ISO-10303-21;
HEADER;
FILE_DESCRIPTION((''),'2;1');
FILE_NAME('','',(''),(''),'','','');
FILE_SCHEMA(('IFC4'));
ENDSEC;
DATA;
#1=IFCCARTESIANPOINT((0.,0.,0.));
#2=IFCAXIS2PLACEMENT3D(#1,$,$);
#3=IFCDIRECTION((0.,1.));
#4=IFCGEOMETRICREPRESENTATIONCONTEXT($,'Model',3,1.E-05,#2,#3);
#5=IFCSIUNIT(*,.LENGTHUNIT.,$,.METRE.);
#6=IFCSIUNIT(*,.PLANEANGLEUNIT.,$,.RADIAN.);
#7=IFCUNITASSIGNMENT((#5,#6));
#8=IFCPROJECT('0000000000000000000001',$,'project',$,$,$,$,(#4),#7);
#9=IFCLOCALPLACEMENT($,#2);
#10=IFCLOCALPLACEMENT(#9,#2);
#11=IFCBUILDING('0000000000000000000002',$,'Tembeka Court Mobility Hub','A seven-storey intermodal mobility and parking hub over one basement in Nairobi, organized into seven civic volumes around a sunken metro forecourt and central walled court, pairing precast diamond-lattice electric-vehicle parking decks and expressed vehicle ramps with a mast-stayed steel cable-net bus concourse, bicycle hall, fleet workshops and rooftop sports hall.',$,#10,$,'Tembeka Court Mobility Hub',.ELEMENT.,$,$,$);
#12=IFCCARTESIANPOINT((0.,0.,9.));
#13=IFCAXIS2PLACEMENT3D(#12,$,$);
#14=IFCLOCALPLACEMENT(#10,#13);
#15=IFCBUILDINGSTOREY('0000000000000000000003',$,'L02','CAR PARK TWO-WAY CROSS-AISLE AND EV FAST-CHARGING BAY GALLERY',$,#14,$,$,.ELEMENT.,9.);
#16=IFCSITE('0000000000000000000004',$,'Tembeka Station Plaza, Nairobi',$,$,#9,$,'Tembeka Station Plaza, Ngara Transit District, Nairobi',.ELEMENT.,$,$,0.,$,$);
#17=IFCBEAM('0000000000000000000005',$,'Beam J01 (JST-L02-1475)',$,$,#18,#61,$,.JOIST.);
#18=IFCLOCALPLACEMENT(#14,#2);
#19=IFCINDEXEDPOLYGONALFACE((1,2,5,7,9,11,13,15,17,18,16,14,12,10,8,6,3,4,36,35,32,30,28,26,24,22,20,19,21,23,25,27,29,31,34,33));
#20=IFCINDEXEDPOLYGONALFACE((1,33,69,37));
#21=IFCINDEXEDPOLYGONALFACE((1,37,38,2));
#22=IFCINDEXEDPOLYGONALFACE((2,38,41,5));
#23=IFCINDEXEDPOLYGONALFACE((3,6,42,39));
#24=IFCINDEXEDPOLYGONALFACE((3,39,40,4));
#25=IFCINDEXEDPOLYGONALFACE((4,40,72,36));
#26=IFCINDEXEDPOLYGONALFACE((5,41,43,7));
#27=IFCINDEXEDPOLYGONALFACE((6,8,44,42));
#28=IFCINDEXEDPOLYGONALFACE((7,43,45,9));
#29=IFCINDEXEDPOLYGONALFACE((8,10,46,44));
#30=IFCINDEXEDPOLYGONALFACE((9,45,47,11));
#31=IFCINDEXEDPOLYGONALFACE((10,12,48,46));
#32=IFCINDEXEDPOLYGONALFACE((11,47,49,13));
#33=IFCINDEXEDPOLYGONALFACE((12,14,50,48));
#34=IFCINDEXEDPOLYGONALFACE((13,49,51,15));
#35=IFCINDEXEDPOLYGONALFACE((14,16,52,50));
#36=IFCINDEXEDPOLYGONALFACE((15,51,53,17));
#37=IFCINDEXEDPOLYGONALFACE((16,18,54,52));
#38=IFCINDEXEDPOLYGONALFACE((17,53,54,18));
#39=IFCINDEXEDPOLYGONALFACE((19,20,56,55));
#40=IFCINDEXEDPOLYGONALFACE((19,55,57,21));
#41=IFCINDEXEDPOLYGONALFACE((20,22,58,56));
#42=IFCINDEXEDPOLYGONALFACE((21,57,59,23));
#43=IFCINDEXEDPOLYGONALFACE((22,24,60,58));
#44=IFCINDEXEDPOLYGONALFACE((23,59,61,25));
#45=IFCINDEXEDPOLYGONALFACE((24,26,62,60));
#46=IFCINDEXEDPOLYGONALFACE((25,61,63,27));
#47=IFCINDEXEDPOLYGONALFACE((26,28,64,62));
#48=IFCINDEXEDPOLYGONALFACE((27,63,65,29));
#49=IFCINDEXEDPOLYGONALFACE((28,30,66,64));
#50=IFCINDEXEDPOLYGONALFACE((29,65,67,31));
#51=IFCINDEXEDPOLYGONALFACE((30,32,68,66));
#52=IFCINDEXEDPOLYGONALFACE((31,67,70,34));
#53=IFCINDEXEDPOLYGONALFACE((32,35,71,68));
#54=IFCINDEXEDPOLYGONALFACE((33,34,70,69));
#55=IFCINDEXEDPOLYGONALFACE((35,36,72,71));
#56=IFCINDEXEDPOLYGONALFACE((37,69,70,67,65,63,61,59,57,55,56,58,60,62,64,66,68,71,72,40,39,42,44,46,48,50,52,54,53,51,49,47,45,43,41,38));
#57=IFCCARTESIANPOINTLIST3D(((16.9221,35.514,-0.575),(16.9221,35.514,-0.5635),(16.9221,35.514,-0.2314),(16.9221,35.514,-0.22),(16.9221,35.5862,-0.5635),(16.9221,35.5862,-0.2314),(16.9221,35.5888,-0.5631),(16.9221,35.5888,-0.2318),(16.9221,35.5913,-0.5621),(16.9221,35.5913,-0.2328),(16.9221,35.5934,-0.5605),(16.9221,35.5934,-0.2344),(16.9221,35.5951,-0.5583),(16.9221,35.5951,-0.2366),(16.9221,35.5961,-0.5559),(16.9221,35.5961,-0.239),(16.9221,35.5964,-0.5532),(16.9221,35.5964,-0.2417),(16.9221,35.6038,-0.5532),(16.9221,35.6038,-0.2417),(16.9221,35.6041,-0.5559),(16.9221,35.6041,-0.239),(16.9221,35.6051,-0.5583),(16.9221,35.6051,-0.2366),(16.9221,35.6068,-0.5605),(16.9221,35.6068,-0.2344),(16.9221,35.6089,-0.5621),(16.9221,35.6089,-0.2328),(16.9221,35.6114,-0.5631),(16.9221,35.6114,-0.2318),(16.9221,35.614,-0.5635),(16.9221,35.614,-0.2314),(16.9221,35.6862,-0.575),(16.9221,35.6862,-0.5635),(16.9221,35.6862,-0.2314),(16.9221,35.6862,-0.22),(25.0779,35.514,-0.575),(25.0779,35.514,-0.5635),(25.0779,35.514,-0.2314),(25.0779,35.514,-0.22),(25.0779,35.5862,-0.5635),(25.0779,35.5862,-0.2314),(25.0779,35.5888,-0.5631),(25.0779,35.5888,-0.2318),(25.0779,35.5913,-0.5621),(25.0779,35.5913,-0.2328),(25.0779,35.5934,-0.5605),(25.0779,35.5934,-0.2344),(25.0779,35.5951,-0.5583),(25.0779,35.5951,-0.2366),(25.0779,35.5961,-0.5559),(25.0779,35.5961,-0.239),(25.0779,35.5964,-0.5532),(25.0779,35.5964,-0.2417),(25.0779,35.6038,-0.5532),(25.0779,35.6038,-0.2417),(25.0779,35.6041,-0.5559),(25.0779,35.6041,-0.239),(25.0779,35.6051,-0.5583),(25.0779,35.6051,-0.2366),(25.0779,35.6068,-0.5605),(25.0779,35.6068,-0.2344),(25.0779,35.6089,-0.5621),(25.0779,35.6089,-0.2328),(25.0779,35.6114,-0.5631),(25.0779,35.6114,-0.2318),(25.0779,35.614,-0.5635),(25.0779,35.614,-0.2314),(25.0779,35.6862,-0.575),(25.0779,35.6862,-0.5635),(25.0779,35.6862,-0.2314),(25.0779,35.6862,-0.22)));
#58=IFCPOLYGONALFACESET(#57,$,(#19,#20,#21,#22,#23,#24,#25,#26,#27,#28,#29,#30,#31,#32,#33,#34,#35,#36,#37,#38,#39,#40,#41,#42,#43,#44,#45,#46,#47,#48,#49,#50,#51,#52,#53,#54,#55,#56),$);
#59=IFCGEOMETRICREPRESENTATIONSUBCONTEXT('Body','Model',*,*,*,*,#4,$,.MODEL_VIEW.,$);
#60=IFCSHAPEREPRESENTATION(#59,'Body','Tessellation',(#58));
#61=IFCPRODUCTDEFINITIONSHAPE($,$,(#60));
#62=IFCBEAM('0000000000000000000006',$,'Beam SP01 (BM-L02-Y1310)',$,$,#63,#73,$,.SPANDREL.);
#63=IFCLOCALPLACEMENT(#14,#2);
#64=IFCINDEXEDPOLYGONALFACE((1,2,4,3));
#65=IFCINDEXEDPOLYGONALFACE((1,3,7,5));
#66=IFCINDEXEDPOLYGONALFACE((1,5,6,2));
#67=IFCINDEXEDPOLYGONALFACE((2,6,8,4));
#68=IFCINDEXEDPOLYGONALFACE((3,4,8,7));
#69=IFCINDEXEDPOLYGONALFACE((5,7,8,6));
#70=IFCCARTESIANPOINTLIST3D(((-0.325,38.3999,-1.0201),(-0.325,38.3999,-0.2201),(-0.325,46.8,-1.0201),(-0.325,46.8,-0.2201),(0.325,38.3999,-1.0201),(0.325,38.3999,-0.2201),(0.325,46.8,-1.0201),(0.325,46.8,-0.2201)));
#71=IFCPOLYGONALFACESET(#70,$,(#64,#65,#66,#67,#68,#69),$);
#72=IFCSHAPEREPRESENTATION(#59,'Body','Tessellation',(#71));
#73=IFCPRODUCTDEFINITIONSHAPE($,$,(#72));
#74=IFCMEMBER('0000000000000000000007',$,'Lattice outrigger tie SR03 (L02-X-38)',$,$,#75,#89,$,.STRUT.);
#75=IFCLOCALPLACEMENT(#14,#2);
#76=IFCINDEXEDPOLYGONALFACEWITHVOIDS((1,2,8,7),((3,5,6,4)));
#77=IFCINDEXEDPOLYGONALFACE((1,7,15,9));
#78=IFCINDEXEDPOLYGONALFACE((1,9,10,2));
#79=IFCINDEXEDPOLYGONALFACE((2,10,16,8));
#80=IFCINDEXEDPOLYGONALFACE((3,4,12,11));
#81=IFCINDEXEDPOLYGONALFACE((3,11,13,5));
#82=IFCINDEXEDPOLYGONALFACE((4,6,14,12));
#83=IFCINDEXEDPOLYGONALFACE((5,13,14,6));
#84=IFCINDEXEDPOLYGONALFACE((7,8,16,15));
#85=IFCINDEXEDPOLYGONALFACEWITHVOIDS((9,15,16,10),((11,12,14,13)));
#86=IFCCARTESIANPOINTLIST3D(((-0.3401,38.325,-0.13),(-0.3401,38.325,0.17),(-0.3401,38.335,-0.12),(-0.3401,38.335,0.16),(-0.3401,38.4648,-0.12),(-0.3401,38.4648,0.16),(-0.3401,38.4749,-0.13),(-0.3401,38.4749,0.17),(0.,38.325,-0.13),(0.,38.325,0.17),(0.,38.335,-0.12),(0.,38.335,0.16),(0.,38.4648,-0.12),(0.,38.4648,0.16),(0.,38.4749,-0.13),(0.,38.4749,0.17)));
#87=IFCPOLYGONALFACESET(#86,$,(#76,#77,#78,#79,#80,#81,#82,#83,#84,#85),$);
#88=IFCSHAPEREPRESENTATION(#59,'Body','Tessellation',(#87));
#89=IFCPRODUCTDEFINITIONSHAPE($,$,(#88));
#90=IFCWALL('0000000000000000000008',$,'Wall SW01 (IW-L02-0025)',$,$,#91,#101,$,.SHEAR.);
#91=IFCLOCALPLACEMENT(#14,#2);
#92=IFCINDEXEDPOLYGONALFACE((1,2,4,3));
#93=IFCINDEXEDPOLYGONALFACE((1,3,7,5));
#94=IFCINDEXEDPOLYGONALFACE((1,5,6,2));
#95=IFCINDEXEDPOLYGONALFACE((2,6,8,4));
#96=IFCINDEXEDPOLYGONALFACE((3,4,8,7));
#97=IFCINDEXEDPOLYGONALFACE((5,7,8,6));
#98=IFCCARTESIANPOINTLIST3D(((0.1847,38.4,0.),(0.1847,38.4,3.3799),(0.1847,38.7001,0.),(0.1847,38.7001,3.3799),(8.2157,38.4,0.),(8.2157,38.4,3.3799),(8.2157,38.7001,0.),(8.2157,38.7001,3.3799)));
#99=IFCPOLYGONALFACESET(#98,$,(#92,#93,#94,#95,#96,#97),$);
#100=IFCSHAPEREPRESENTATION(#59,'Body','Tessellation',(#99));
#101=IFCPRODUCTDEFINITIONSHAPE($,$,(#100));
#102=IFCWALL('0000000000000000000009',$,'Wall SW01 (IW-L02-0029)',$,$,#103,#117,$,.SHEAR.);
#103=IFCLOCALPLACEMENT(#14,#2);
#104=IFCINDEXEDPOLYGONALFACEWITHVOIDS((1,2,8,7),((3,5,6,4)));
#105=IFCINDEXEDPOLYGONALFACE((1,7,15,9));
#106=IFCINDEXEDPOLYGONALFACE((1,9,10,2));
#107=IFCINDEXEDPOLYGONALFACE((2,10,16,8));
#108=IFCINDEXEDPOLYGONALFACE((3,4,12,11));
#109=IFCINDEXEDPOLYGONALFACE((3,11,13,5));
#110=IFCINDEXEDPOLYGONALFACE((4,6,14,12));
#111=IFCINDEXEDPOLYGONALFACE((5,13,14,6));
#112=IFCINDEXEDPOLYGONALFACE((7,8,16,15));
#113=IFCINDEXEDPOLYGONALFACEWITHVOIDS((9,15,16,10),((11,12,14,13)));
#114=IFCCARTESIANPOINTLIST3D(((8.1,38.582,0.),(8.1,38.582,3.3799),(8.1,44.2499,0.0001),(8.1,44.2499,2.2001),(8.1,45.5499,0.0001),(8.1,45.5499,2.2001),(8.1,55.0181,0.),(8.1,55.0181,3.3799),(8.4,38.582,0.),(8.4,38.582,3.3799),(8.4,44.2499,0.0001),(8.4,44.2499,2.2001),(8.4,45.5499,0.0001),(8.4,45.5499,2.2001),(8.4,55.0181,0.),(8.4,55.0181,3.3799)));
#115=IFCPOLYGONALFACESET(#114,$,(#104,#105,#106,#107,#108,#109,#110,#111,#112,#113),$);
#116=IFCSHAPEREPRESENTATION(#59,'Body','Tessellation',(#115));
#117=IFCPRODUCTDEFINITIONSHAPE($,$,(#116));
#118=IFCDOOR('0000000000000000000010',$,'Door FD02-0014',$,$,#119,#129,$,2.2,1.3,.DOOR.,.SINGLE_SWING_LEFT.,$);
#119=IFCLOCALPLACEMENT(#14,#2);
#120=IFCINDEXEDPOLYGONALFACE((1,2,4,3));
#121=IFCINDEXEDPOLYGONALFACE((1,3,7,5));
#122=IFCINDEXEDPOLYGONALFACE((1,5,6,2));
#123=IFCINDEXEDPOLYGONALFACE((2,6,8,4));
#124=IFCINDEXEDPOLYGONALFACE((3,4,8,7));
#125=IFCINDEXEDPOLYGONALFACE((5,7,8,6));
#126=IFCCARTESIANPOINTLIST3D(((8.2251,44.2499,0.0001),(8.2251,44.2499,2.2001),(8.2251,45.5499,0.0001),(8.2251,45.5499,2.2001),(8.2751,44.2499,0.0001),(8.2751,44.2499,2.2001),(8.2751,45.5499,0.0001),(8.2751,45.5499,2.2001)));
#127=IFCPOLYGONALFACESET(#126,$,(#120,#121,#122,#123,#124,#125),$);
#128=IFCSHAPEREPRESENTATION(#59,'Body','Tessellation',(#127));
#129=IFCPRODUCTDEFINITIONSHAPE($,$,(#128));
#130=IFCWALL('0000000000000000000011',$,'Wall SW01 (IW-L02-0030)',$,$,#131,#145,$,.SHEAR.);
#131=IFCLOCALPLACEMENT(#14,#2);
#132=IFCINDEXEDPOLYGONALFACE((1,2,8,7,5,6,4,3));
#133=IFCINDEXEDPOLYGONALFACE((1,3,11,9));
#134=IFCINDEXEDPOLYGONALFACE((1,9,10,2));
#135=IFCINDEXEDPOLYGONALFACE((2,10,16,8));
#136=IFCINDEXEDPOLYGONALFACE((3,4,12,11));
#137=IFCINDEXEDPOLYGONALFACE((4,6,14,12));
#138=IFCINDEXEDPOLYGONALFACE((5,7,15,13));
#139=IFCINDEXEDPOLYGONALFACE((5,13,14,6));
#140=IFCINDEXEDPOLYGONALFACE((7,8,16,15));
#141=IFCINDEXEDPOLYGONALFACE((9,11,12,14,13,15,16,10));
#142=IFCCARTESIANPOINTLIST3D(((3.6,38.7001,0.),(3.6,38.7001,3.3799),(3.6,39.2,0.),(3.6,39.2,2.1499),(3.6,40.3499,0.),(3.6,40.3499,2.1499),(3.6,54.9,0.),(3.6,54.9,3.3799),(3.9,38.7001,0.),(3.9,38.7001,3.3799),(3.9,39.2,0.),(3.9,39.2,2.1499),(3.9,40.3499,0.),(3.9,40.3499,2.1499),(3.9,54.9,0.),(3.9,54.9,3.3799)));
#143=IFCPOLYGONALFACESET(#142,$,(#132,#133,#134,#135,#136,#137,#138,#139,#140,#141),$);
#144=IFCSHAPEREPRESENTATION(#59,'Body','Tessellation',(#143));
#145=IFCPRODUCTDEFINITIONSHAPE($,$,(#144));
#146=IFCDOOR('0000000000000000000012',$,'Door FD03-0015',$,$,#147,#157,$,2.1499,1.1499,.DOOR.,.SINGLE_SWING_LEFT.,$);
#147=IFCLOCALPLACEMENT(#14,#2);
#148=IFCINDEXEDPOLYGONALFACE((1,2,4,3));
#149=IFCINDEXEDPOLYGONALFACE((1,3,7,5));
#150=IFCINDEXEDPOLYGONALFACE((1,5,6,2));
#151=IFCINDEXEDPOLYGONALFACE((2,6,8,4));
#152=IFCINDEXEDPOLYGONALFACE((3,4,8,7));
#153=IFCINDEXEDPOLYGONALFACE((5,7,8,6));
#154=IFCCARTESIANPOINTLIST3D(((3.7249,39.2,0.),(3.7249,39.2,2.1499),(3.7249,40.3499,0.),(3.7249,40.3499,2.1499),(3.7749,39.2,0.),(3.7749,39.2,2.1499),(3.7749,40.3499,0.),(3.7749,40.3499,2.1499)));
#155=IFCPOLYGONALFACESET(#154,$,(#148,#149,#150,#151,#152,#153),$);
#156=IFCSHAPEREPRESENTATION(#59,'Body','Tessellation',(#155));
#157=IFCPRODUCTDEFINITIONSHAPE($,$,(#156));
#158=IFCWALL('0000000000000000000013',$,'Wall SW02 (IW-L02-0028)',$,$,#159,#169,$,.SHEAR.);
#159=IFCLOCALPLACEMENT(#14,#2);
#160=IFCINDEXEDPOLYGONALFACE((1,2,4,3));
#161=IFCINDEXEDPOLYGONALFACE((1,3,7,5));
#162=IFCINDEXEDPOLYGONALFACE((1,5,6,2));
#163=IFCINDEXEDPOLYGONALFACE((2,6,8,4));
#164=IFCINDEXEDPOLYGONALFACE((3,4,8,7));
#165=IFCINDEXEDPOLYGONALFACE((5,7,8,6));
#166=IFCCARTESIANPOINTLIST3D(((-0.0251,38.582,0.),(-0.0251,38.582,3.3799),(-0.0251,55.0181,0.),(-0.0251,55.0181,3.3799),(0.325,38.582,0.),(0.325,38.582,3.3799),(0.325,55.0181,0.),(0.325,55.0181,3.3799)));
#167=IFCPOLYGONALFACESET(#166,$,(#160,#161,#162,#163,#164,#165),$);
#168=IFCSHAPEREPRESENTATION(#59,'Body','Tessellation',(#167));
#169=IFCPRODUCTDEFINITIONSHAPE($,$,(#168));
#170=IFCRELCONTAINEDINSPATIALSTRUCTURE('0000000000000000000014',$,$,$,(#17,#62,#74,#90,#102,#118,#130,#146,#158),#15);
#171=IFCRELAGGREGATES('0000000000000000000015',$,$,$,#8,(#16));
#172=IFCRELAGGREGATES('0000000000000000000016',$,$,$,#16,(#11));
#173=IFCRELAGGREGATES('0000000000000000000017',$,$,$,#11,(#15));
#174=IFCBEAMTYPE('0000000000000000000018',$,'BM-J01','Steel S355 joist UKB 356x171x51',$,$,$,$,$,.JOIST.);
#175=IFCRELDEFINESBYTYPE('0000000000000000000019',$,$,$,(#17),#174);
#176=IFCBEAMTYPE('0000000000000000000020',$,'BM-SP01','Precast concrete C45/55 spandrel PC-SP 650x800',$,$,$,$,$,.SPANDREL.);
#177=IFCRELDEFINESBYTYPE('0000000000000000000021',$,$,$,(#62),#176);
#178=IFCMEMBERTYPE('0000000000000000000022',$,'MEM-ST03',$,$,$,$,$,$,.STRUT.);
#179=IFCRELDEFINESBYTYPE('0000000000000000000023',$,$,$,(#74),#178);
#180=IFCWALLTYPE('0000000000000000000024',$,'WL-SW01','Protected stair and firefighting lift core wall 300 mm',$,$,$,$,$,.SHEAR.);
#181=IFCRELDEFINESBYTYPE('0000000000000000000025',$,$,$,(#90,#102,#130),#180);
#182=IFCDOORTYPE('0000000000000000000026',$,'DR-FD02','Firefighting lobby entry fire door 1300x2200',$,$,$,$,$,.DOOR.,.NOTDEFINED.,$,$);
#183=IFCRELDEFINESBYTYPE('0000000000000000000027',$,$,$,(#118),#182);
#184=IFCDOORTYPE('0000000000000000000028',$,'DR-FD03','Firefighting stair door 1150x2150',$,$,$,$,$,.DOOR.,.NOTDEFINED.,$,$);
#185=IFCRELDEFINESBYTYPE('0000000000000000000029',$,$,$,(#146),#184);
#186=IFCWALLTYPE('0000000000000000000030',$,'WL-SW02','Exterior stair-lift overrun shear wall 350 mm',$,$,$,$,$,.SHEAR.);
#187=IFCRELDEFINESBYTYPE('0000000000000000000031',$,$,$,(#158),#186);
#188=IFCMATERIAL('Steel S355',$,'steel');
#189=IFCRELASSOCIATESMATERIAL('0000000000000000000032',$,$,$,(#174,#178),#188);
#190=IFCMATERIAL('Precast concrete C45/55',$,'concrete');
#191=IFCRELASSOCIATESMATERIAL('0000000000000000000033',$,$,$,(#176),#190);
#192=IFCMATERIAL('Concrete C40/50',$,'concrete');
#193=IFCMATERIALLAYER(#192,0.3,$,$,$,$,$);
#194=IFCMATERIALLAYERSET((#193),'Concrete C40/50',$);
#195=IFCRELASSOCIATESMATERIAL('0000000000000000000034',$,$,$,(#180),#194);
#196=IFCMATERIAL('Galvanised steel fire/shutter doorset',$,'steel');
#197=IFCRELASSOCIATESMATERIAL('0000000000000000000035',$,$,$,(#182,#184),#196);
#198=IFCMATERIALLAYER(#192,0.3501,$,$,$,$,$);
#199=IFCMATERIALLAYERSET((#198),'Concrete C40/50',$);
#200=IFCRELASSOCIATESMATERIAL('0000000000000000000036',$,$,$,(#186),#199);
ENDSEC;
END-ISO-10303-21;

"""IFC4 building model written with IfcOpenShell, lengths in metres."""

from ifc_helpers import new_model, si_unit, direction, frame, frame_2d, origin, origin_2d, place, context, subcontext, project, spatial, rectangle, hollow_rectangle, i_section, extrude, material, layer, layer_set, material_profile, profile_set, type_object, element, fill, save


model = new_model("IFC4")

# Units and contexts
model_context = context("Model", 3, precision=1e-05, world=origin(), true_north=direction((0.0, 1.0)))
body_context = subcontext(model_context, "Body", "Model", "MODEL_VIEW")
ifc_project = project(units=[si_unit("LENGTHUNIT", "METRE"), si_unit("PLANEANGLEUNIT", "RADIAN")], contexts=[model_context])

# Site, building, storey
site_placement = place(None, origin())
site = spatial("IfcSite", under=ifc_project, at=site_placement, Name="Tembeka Station Plaza, Nairobi", LongName="Tembeka Station Plaza, Ngara Transit District, Nairobi", CompositionType="ELEMENT", RefElevation=0.0)
building_placement = place(site_placement, origin())
building = spatial("IfcBuilding", under=site, at=building_placement, Name="Tembeka Court Mobility Hub", Description="A seven-storey intermodal mobility and parking hub over one basement in Nairobi, organized into seven civic volumes around a sunken metro forecourt and central walled court, pairing precast diamond-lattice electric-vehicle parking decks and expressed vehicle ramps with a mast-stayed steel cable-net bus concourse, bicycle hall, fleet workshops and rooftop sports hall.", LongName="Tembeka Court Mobility Hub", CompositionType="ELEMENT")
storey_placement = place(building_placement, frame((0.0, 0.0, 9.0)))
storey = spatial("IfcBuildingStorey", under=building, at=storey_placement, Name="L02", Description="CAR PARK TWO-WAY CROSS-AISLE AND EV FAST-CHARGING BAY GALLERY", CompositionType="ELEMENT", Elevation=9.0)

# Shared definitions
ifc_material_1 = material(Name="Steel S355", Category="steel")

# Beams
ifc_material_profile_1 = material_profile(ifc_material_1, i_section(OverallWidth=0.1721, OverallDepth=0.355, WebThickness=0.0073, FlangeThickness=0.0115, FilletRadius=0.0103, at=origin_2d()), Name="UKB 356x171x51")
ifc_profile_set_1 = profile_set([ifc_material_profile_1], Name="Steel S355")
beam_type_1 = type_object("IfcBeamType", Name="BM-J01", Description="Steel S355 joist UKB 356x171x51", PredefinedType="JOIST", material=ifc_profile_set_1)
for number, where, z_axis, x_axis, name in (
    (1, (16.9221, 35.6001, -0.3975), (1.0, 0.0, 0.0), (0.0, 1.0, 0.0), "Beam J01 (JST-L02-1475)"),
):
    element("IfcBeam", number, at=place(storey_placement, frame(where, z_axis=z_axis, x_axis=x_axis)), inside=storey, type_object=beam_type_1, Name=name, PredefinedType="JOIST", context=body_context, shape_type="SweptSolid", body=[
        extrude(i_section(OverallWidth=0.1721, OverallDepth=0.355, WebThickness=0.0073, FlangeThickness=0.0115, FilletRadius=0.0103, at=origin_2d()), origin(), (0.0, 0.0, 1.0), 8.1558),
    ])
ifc_material_2 = material(Name="Precast concrete C45/55", Category="concrete")
ifc_material_profile_2 = material_profile(ifc_material_2, rectangle(XDim=0.6499, YDim=0.8, at=origin_2d()), Name="PC-SP 650x800")
ifc_profile_set_2 = profile_set([ifc_material_profile_2], Name="Precast concrete C45/55")
beam_type_2 = type_object("IfcBeamType", Name="BM-SP01", Description="Precast concrete C45/55 spandrel PC-SP 650x800", PredefinedType="SPANDREL", material=ifc_profile_set_2)
beam_1_placement = place(storey_placement, frame((0.0, 38.3999, -0.6201), z_axis=(0.0, 1.0, 0.0), x_axis=(-1.0, 0.0, 0.0)))
element("IfcBeam", 2, at=beam_1_placement, inside=storey, type_object=beam_type_2, Name="Beam SP01 (BM-L02-Y1310)", PredefinedType="SPANDREL", context=body_context, shape_type="SweptSolid", body=[
    extrude(rectangle(XDim=0.6499, YDim=0.8, at=origin_2d()), origin(), (0.0, 0.0, 1.0), 8.4001),
])

# Member
ifc_material_profile_3 = material_profile(ifc_material_1, hollow_rectangle(XDim=0.1499, YDim=0.3, WallThickness=0.01, at=origin_2d()), Name="RHS 300x150x10")
ifc_profile_set_3 = profile_set([ifc_material_profile_3], Name="Steel S355")
member_type = type_object("IfcMemberType", Name="MEM-ST03", PredefinedType="STRUT", material=ifc_profile_set_3)
member_placement = place(storey_placement, frame((0.0, 38.3999, 0.02), z_axis=(-1.0, 0.0, 0.0), x_axis=(0.0, -1.0, 0.0)))
element("IfcMember", 3, at=member_placement, inside=storey, type_object=member_type, Name="Lattice outrigger tie SR03 (L02-X-38)", PredefinedType="STRUT", context=body_context, shape_type="SweptSolid", body=[
    extrude(hollow_rectangle(XDim=0.1499, YDim=0.3, WallThickness=0.01, at=origin_2d()), origin(), (0.0, 0.0, 1.0), 0.3401),
])

# Wall
ifc_material_3 = material(Name="Concrete C40/50", Category="concrete")
ifc_layer_1 = layer(ifc_material_3, 0.3)
ifc_layer_set_1 = layer_set([ifc_layer_1], Name="Concrete C40/50")
wall_type_1 = type_object("IfcWallType", Name="WL-SW01", Description="Protected stair and firefighting lift core wall 300 mm", PredefinedType="SHEAR", material=ifc_layer_set_1)
wall_1_placement = place(storey_placement, frame((0.1846, 38.55, 0.0), z_axis=(0.0, 0.0, 1.0), x_axis=(1.0, 0.0, 0.0)))
element("IfcWall", 4, at=wall_1_placement, inside=storey, type_object=wall_type_1, Name="Wall SW01 (IW-L02-0025)", PredefinedType="SHEAR", context=body_context, shape_type="SweptSolid", body=[
    extrude(rectangle(XDim=8.031, YDim=0.3, at=frame_2d((4.0156, 0.0))), origin(), (0.0, 0.0, 1.0), 3.3799),
])

# Walls, openings, doors
wall_2_placement = place(storey_placement, frame((8.25, 38.582, 0.0), z_axis=(0.0, 0.0, 1.0), x_axis=(0.0, 1.0, 0.0)))
wall_2 = element("IfcWall", 5, at=wall_2_placement, inside=storey, type_object=wall_type_1, Name="Wall SW01 (IW-L02-0029)", PredefinedType="SHEAR", context=body_context, shape_type="SweptSolid", body=[
    extrude(rectangle(XDim=16.436, YDim=0.3, at=frame_2d((8.218, 0.0))), origin(), (0.0, 0.0, 1.0), 3.3799),
])
opening_1_placement = place(wall_2_placement, frame((5.668, 0.0, 0.0)))
opening_1 = element("IfcOpeningElement", 6, at=opening_1_placement, cuts=wall_2, PredefinedType="OPENING", context=body_context, shape_type="SweptSolid", body=[
    extrude(rectangle(XDim=1.3, YDim=2.2, at=frame_2d((0.6499, 1.1001))), frame((0.0, 0.1602, 0.0), z_axis=(0.0, -1.0, 0.0), x_axis=(1.0, 0.0, 0.0)), (0.0, 0.0, 1.0), 0.3201),
])
ifc_material_4 = material(Name="Galvanised steel fire/shutter doorset", Category="steel")
door_type_1 = type_object("IfcDoorType", Name="DR-FD02", Description="Firefighting lobby entry fire door 1300x2200", OperationType="NOTDEFINED", PredefinedType="DOOR", material=ifc_material_4)
door_1_placement = place(opening_1_placement, origin())
door_1 = element("IfcDoor", 7, at=door_1_placement, inside=storey, type_object=door_type_1, Name="Door FD02-0014", OperationType="SINGLE_SWING_LEFT", OverallHeight=2.2, OverallWidth=1.3, PredefinedType="DOOR", context=body_context, shape_type="SweptSolid", body=[
    extrude(rectangle(XDim=1.3, YDim=2.2, at=frame_2d((0.6499, 1.1001))), frame((0.0, 0.0249, 0.0), z_axis=(0.0, -1.0, 0.0), x_axis=(1.0, 0.0, 0.0)), (0.0, 0.0, 1.0), 0.05),
])
fill(opening_1, door_1)
wall_3_placement = place(storey_placement, frame((3.75, 38.7, 0.0), z_axis=(0.0, 0.0, 1.0), x_axis=(0.0, 1.0, 0.0)))
wall_3 = element("IfcWall", 8, at=wall_3_placement, inside=storey, type_object=wall_type_1, Name="Wall SW01 (IW-L02-0030)", PredefinedType="SHEAR", context=body_context, shape_type="SweptSolid", body=[
    extrude(rectangle(XDim=16.2, YDim=0.3, at=frame_2d((8.1001, 0.0))), origin(), (0.0, 0.0, 1.0), 3.3799),
])
opening_2_placement = place(wall_3_placement, frame((0.5, 0.0, 0.0)))
opening_2 = element("IfcOpeningElement", 9, at=opening_2_placement, cuts=wall_3, PredefinedType="OPENING", context=body_context, shape_type="SweptSolid", body=[
    extrude(rectangle(XDim=1.1499, YDim=2.1499, at=frame_2d((0.575, 1.075))), frame((0.0, 0.1602, 0.0), z_axis=(0.0, -1.0, 0.0), x_axis=(1.0, 0.0, 0.0)), (0.0, 0.0, 1.0), 0.3201),
])
door_type_2 = type_object("IfcDoorType", Name="DR-FD03", Description="Firefighting stair door 1150x2150", OperationType="NOTDEFINED", PredefinedType="DOOR", material=ifc_material_4)
door_2_placement = place(opening_2_placement, frame((1.1499, 0.0, 0.0), z_axis=(0.0, 0.0, 1.0), x_axis=(-1.0, 0.0, 0.0)))
door_2 = element("IfcDoor", 10, at=door_2_placement, inside=storey, type_object=door_type_2, Name="Door FD03-0015", OperationType="SINGLE_SWING_LEFT", OverallHeight=2.1499, OverallWidth=1.1499, PredefinedType="DOOR", context=body_context, shape_type="SweptSolid", body=[
    extrude(rectangle(XDim=1.1499, YDim=2.1499, at=frame_2d((0.575, 1.075))), frame((0.0, 0.0249, 0.0), z_axis=(0.0, -1.0, 0.0), x_axis=(1.0, 0.0, 0.0)), (0.0, 0.0, 1.0), 0.05),
])
fill(opening_2, door_2)

# Wall
ifc_layer_2 = layer(ifc_material_3, 0.3501)
ifc_layer_set_2 = layer_set([ifc_layer_2], Name="Concrete C40/50")
wall_type_2 = type_object("IfcWallType", Name="WL-SW02", Description="Exterior stair-lift overrun shear wall 350 mm", PredefinedType="SHEAR", material=ifc_layer_set_2)
wall_4_placement = place(storey_placement, frame((0.1499, 38.582, 0.0), z_axis=(0.0, 0.0, 1.0), x_axis=(0.0, 1.0, 0.0)))
element("IfcWall", 11, at=wall_4_placement, inside=storey, type_object=wall_type_2, Name="Wall SW02 (IW-L02-0028)", PredefinedType="SHEAR", context=body_context, shape_type="SweptSolid", body=[
    extrude(rectangle(XDim=16.436, YDim=0.3501, at=frame_2d((8.218, 0.0))), origin(), (0.0, 0.0, 1.0), 3.3799),
])

save(model, "model.ifc")
